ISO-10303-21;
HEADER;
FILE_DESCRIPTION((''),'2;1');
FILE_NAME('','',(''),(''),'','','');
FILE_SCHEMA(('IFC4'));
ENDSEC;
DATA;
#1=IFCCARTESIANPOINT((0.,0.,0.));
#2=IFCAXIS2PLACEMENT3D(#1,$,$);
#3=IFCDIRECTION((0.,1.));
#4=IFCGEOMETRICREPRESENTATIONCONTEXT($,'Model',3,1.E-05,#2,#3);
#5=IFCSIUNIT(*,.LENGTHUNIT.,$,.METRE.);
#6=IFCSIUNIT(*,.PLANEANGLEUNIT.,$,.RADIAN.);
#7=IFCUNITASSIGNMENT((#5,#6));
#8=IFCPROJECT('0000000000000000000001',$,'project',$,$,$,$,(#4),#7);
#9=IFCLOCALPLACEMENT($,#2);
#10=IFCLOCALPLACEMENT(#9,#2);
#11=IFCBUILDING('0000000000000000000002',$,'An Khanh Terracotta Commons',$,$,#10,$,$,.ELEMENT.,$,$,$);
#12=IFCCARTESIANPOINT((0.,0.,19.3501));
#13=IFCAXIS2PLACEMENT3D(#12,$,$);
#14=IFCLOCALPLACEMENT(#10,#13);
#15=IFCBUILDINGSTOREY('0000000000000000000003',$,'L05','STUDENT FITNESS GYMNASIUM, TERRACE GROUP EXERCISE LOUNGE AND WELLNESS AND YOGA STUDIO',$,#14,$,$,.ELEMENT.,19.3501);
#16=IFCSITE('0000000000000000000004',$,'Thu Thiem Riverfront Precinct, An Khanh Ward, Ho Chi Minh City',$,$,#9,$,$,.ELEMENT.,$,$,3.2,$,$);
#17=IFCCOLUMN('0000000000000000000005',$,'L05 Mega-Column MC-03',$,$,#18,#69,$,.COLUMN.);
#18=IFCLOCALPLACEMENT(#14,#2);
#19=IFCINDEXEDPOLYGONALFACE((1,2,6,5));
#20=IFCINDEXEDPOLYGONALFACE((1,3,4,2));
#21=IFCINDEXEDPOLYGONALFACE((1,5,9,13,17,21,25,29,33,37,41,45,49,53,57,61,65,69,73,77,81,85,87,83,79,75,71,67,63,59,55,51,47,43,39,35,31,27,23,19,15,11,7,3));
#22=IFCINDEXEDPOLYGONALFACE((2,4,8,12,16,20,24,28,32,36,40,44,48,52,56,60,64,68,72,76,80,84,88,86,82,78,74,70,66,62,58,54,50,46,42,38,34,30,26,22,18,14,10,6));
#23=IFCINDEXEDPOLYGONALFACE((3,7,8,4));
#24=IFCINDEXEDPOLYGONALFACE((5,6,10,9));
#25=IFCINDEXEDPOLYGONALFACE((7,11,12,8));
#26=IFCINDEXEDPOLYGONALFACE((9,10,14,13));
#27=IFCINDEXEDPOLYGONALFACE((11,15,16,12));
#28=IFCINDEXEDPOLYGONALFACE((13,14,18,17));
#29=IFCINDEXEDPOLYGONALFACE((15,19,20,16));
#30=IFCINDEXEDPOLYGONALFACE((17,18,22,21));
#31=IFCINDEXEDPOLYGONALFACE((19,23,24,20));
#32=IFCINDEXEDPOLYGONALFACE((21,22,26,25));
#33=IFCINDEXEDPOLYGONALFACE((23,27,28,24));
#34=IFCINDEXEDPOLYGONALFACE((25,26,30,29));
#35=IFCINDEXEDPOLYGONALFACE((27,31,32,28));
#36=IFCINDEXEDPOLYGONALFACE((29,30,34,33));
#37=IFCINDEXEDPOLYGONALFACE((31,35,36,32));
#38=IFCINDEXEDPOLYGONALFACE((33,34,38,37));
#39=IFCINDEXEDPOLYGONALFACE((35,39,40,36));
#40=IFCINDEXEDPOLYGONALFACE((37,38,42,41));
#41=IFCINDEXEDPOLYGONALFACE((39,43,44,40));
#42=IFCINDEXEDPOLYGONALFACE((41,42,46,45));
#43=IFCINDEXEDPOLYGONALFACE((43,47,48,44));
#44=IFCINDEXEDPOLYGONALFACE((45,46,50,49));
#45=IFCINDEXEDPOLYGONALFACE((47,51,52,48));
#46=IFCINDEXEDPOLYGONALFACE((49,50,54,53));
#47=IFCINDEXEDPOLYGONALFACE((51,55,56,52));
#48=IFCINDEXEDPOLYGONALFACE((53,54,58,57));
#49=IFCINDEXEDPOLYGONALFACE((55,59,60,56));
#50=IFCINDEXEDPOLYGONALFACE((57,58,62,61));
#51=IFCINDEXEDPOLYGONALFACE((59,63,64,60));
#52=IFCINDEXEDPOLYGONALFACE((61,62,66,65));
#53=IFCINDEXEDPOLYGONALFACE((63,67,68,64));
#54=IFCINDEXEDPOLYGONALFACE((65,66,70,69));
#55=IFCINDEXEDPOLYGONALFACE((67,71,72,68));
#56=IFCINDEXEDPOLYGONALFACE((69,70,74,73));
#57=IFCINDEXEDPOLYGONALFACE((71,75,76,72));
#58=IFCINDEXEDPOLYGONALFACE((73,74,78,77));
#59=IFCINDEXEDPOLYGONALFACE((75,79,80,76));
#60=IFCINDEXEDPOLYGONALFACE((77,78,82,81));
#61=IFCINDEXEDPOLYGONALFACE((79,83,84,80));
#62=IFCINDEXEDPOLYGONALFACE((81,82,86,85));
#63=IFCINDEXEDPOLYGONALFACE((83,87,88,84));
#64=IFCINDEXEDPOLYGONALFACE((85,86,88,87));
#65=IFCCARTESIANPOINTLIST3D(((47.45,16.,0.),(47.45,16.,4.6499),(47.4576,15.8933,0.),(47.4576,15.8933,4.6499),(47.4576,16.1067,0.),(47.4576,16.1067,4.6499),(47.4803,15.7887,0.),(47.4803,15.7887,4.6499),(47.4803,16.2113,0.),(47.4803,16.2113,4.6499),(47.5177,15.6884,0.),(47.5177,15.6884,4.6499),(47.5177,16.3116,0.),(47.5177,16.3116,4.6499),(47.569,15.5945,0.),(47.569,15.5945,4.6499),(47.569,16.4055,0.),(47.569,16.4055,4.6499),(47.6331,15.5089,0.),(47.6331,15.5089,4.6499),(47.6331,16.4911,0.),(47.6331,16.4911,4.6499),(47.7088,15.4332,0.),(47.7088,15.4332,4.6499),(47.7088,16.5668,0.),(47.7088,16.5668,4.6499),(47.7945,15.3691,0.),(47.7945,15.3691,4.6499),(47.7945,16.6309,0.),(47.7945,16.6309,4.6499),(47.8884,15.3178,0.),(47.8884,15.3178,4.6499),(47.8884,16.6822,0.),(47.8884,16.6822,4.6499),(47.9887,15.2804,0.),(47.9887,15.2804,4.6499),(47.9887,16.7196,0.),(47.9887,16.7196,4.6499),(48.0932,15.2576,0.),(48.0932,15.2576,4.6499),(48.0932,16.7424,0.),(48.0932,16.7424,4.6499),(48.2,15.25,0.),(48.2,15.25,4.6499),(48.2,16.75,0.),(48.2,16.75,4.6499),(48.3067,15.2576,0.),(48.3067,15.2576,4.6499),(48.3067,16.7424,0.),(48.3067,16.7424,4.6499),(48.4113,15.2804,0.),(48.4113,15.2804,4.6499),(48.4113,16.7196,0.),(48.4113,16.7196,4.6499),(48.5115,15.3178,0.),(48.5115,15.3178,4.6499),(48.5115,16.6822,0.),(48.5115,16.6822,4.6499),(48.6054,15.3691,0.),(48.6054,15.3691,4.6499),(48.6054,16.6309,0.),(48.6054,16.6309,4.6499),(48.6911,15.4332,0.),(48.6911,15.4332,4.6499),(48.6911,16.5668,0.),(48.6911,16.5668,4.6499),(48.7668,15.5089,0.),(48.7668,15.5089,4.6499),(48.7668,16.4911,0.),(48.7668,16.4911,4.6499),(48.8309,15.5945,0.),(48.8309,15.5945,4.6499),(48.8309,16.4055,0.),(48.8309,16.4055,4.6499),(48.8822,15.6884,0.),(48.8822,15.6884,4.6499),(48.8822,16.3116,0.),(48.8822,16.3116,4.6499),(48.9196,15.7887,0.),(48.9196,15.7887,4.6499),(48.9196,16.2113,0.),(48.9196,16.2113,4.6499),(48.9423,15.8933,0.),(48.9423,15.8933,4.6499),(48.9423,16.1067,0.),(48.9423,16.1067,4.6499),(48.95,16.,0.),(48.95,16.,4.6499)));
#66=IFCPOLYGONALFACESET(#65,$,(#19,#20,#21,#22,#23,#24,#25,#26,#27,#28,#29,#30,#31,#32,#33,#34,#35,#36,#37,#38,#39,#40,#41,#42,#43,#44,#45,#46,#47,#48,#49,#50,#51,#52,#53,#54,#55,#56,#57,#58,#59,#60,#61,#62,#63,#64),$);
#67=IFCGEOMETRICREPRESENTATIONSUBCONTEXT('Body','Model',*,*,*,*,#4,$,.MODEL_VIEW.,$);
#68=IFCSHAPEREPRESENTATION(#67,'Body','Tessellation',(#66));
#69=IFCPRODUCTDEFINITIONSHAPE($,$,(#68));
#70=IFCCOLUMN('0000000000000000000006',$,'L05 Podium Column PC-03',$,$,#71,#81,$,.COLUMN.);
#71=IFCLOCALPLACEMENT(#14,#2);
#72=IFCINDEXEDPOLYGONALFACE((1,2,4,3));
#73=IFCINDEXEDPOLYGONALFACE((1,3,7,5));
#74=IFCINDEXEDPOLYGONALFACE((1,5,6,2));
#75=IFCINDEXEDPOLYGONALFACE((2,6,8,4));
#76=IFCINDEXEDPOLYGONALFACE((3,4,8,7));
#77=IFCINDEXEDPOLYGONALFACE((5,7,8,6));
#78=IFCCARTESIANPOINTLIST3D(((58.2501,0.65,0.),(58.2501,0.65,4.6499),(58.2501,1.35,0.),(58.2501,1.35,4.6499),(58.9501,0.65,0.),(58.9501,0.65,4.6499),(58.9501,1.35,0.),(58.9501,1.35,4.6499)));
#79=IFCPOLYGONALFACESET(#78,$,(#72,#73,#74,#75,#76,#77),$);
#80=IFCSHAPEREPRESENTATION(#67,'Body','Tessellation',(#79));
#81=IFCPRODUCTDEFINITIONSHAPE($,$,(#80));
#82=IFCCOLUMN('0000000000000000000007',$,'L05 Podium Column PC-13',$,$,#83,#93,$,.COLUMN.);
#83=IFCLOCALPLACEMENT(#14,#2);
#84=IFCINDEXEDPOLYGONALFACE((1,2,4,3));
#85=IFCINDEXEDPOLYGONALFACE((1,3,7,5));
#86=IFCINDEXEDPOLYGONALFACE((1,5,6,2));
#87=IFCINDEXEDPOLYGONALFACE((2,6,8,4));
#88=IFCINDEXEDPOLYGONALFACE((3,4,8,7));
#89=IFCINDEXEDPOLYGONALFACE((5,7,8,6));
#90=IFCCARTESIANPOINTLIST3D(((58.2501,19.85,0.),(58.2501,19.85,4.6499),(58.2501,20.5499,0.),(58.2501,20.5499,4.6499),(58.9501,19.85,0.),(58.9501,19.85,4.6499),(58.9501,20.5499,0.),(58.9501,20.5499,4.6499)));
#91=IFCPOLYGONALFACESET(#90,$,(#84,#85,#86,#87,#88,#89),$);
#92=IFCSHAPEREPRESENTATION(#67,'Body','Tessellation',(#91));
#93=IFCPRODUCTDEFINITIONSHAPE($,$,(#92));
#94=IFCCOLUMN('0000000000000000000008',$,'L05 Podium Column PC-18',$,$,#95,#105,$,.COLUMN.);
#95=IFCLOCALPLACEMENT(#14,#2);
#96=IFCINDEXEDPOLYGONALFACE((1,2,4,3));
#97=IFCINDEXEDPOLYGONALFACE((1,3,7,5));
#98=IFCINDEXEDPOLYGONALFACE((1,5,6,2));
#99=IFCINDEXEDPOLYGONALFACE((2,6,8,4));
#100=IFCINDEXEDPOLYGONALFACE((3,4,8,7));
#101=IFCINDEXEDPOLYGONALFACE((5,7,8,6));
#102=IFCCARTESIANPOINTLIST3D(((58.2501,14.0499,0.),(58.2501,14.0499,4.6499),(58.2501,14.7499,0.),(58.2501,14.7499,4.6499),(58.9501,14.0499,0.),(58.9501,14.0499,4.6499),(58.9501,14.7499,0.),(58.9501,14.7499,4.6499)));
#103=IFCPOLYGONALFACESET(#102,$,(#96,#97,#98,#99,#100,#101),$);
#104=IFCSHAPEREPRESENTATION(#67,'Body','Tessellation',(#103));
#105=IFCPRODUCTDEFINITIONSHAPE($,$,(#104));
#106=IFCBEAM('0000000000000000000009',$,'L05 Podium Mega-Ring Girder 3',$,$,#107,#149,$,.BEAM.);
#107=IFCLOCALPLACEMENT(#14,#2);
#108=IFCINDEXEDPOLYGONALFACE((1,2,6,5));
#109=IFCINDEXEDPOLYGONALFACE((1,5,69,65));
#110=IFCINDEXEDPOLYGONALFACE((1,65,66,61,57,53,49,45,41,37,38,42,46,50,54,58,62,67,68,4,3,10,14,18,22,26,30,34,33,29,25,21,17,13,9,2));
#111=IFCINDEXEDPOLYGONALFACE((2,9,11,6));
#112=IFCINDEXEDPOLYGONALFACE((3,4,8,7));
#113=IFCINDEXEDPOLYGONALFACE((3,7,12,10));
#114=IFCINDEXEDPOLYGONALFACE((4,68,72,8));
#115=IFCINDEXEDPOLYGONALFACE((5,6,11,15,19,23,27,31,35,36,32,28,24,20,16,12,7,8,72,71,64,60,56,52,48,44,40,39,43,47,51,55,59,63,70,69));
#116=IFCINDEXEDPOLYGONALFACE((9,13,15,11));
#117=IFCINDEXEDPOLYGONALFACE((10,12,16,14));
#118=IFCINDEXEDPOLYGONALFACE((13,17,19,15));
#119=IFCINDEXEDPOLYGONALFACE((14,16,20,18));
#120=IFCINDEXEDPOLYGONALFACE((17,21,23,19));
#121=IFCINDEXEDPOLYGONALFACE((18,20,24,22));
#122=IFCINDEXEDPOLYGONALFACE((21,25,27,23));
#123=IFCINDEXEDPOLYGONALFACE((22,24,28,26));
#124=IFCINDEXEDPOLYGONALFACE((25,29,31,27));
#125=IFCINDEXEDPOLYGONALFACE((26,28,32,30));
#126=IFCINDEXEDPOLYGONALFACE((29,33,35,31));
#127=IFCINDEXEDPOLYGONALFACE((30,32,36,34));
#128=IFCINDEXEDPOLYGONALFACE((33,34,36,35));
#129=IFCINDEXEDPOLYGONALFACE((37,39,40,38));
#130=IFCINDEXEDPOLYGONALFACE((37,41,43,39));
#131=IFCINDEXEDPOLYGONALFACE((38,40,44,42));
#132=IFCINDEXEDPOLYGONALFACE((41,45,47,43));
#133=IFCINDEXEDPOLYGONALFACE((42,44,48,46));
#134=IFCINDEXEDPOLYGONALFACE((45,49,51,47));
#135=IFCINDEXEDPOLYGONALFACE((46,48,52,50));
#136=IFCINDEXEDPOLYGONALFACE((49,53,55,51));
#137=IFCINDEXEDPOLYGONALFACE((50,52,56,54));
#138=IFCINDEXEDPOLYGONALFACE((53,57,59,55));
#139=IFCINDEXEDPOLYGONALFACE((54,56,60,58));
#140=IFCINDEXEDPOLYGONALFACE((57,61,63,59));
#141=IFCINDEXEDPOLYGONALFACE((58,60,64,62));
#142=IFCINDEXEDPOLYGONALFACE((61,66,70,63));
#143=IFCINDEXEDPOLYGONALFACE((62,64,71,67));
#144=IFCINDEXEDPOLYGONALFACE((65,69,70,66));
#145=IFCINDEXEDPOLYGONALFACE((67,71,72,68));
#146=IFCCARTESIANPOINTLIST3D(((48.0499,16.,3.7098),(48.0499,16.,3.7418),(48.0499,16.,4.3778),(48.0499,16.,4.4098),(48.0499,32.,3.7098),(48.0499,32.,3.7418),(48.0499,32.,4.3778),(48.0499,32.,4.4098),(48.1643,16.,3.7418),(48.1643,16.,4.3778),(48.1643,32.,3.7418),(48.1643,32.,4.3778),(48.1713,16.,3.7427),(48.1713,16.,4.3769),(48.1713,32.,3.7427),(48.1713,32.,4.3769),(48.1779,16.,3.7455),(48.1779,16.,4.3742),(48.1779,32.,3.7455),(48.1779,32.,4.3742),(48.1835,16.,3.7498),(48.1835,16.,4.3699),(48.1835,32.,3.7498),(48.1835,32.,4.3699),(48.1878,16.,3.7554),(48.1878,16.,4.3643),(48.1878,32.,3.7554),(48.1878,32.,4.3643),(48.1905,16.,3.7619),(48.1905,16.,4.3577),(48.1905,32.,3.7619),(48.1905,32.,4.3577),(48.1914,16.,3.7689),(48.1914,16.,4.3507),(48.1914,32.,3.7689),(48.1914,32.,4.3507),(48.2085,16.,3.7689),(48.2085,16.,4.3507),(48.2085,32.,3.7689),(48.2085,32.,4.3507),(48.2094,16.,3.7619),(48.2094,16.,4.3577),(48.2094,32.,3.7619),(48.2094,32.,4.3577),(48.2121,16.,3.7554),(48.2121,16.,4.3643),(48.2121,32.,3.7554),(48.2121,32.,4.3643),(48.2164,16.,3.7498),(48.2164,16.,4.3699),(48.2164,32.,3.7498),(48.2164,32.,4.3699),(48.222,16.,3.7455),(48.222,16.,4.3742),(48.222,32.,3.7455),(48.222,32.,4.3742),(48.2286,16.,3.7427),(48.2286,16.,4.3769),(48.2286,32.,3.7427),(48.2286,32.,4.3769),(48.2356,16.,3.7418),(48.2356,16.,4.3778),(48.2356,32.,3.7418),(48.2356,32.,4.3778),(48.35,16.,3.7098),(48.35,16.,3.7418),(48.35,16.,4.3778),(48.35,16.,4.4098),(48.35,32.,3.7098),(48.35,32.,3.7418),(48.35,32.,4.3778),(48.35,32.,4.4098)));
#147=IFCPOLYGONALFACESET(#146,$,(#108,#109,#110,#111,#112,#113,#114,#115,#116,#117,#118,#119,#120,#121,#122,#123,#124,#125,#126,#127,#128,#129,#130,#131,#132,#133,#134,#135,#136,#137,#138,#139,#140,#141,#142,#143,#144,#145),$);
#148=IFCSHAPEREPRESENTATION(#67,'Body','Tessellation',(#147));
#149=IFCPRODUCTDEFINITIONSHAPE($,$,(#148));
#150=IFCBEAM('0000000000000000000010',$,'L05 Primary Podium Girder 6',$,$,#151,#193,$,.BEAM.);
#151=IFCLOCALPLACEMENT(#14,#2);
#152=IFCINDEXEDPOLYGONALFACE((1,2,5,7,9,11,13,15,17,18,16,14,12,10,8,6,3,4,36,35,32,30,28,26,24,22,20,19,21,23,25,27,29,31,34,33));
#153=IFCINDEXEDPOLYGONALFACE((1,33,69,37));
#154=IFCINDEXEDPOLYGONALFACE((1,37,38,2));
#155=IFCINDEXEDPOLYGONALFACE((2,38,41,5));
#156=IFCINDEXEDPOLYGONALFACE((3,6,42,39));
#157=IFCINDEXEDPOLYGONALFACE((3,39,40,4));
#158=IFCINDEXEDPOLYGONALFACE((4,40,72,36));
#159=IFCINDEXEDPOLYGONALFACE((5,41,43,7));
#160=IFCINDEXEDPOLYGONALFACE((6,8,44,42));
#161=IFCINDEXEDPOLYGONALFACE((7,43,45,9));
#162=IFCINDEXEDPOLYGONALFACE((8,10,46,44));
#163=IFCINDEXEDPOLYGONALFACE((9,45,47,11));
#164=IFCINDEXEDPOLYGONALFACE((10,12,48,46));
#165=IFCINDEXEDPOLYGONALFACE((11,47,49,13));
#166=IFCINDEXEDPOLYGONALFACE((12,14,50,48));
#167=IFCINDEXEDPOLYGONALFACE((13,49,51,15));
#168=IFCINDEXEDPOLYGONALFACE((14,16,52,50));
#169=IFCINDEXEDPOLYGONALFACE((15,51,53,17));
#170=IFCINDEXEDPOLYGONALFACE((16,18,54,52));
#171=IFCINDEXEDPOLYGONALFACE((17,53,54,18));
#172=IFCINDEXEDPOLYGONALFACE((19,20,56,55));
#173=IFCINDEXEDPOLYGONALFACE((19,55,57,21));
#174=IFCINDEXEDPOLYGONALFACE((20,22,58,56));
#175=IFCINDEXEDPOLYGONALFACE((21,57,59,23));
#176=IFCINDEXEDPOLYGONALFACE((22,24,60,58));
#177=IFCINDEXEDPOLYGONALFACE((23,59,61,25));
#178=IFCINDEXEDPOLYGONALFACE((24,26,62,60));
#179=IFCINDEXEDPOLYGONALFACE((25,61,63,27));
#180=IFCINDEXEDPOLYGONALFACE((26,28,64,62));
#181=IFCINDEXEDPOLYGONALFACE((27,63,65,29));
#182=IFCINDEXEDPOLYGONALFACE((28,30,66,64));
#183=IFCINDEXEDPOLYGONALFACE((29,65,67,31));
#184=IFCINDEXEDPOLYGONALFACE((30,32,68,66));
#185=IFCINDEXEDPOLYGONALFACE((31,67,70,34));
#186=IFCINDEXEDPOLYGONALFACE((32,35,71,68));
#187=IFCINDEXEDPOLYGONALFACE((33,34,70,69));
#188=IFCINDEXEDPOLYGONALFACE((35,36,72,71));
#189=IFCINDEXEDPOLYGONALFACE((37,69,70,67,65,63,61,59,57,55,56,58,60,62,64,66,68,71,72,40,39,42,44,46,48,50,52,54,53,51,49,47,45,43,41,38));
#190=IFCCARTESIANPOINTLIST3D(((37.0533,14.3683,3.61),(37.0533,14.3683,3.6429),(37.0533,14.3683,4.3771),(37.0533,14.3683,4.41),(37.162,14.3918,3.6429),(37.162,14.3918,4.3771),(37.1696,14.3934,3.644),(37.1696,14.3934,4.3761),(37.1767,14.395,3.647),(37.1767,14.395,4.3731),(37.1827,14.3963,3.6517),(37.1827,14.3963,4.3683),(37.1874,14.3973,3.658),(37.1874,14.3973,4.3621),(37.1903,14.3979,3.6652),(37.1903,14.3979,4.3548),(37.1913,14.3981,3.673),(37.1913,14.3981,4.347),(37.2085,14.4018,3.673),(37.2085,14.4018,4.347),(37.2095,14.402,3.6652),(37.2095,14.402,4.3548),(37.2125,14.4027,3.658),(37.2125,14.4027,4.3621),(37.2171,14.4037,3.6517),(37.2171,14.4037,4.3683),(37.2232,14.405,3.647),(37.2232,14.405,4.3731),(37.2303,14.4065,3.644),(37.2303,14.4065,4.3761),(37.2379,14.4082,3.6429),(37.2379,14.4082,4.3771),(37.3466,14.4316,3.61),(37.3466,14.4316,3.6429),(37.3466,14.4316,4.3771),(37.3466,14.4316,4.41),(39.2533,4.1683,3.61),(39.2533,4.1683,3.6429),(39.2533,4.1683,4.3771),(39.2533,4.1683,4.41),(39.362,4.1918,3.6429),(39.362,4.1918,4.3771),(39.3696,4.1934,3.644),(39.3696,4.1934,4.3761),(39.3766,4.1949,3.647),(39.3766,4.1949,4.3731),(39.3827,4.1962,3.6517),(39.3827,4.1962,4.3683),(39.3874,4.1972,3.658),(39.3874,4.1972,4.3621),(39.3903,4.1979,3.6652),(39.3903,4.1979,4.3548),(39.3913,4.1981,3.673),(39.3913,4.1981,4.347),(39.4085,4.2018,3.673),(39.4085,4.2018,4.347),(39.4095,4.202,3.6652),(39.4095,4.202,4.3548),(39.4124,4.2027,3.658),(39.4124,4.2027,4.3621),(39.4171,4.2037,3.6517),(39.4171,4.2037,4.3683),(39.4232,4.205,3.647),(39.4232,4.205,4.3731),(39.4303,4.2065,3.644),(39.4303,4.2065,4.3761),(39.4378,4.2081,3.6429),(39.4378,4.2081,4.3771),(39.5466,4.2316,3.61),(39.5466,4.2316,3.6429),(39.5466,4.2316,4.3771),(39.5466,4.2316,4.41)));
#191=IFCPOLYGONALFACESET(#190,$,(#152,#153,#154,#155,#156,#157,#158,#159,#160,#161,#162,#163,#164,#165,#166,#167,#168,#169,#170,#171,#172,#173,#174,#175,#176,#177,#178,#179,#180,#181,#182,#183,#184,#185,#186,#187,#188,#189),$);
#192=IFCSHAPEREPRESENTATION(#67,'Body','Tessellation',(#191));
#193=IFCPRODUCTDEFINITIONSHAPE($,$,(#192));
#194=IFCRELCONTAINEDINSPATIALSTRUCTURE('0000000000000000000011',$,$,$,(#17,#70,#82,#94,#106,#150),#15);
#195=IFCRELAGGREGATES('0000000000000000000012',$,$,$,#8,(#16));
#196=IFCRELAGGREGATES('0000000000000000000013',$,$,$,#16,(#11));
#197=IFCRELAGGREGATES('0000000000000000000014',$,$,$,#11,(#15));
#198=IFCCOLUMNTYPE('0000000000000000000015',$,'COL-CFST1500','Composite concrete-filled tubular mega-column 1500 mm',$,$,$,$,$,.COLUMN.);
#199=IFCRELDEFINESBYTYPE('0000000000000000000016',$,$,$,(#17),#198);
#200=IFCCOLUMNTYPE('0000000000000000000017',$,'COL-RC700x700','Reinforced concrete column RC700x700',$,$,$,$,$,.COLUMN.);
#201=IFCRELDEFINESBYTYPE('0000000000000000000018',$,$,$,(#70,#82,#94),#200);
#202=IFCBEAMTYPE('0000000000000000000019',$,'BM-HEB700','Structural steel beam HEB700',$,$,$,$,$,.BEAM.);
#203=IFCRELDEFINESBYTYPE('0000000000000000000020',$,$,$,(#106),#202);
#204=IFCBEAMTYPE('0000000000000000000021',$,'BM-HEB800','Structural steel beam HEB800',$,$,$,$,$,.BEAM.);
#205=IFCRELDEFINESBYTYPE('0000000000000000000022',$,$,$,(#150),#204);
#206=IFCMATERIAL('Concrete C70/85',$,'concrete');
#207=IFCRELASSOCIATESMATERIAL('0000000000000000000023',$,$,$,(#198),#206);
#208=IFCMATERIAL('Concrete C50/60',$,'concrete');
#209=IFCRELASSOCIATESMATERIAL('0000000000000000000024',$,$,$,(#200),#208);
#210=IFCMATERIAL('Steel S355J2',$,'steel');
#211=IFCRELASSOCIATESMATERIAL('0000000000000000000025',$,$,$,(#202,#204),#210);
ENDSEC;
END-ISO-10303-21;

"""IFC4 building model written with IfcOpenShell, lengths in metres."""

from ifc_helpers import new_model, si_unit, direction, frame, origin, origin_2d, place, context, subcontext, project, spatial, rectangle, circle, i_section, extrude, material, material_profile, profile_set, type_object, element, save


model = new_model("IFC4")

# Units and contexts
model_context = context("Model", 3, precision=1e-05, world=origin(), true_north=direction((0.0, 1.0)))
body_context = subcontext(model_context, "Body", "Model", "MODEL_VIEW")
ifc_project = project(units=[si_unit("LENGTHUNIT", "METRE"), si_unit("PLANEANGLEUNIT", "RADIAN")], contexts=[model_context])

# Site, building, storey
site_placement = place(None, origin())
site = spatial("IfcSite", under=ifc_project, at=site_placement, Name="Thu Thiem Riverfront Precinct, An Khanh Ward, Ho Chi Minh City", CompositionType="ELEMENT", RefElevation=3.2)
building_placement = place(site_placement, origin())
building = spatial("IfcBuilding", under=site, at=building_placement, Name="An Khanh Terracotta Commons", CompositionType="ELEMENT")
storey_placement = place(building_placement, frame((0.0, 0.0, 19.3501)))
storey = spatial("IfcBuildingStorey", under=building, at=storey_placement, Name="L05", Description="STUDENT FITNESS GYMNASIUM, TERRACE GROUP EXERCISE LOUNGE AND WELLNESS AND YOGA STUDIO", CompositionType="ELEMENT", Elevation=19.3501)

# Columns
ifc_material_1 = material(Name="Concrete C70/85", Category="concrete")
ifc_material_profile_1 = material_profile(ifc_material_1, circle(Radius=0.75, at=origin_2d()), Name="CFST1500")
ifc_profile_set_1 = profile_set([ifc_material_profile_1], Name="Concrete C70/85")
column_type_1 = type_object("IfcColumnType", Name="COL-CFST1500", Description="Composite concrete-filled tubular mega-column 1500 mm", PredefinedType="COLUMN", material=ifc_profile_set_1)
column_placement = place(storey_placement, frame((48.2, 16.0, 0.0), z_axis=(0.0, 0.0, 1.0), x_axis=(1.0, 0.0, 0.0)))
element("IfcColumn", 1, at=column_placement, inside=storey, type_object=column_type_1, Name="L05 Mega-Column MC-03", PredefinedType="COLUMN", context=body_context, shape_type="SweptSolid", body=[
    extrude(circle(Radius=0.75, at=origin_2d()), origin(), (0.0, 0.0, 1.0), 4.6499),
])
ifc_material_2 = material(Name="Concrete C50/60", Category="concrete")
ifc_material_profile_2 = material_profile(ifc_material_2, rectangle(XDim=0.7, YDim=0.7, at=origin_2d()), Name="RC700x700")
ifc_profile_set_2 = profile_set([ifc_material_profile_2], Name="Concrete C50/60")
column_type_2 = type_object("IfcColumnType", Name="COL-RC700x700", Description="Reinforced concrete column RC700x700", PredefinedType="COLUMN", material=ifc_profile_set_2)
for number, where, z_axis, x_axis, name in (
    (2, (58.6001, 1.0, 0.0), (0.0, 0.0, 1.0), (1.0, 0.0, 0.0), "L05 Podium Column PC-03"),
    (3, (58.6001, 20.2, 0.0), (0.0, 0.0, 1.0), (1.0, 0.0, 0.0), "L05 Podium Column PC-13"),
    (4, (58.6001, 14.3999, 0.0), (0.0, 0.0, 1.0), (1.0, 0.0, 0.0), "L05 Podium Column PC-18"),
):
    element("IfcColumn", number, at=place(storey_placement, frame(where, z_axis=z_axis, x_axis=x_axis)), inside=storey, type_object=column_type_2, Name=name, PredefinedType="COLUMN", context=body_context, shape_type="SweptSolid", body=[
        extrude(rectangle(XDim=0.7, YDim=0.7, at=origin_2d()), origin(), (0.0, 0.0, 1.0), 4.6499),
    ])

# Beams
ifc_material_3 = material(Name="Steel S355J2", Category="steel")
ifc_material_profile_3 = material_profile(ifc_material_3, i_section(OverallWidth=0.3, OverallDepth=0.7, WebThickness=0.0171, FlangeThickness=0.032, FilletRadius=0.0271, at=origin_2d()), Name="HEB700")
ifc_profile_set_3 = profile_set([ifc_material_profile_3], Name="Steel S355J2")
beam_type_1 = type_object("IfcBeamType", Name="BM-HEB700", Description="Structural steel beam HEB700", PredefinedType="BEAM", material=ifc_profile_set_3)
beam_1_placement = place(storey_placement, frame((48.2, 16.0, 4.0598), z_axis=(0.0, 1.0, 0.0), x_axis=(-1.0, 0.0, 0.0)))
element("IfcBeam", 5, at=beam_1_placement, inside=storey, type_object=beam_type_1, Name="L05 Podium Mega-Ring Girder 3", PredefinedType="BEAM", context=body_context, shape_type="SweptSolid", body=[
    extrude(i_section(OverallWidth=0.3, OverallDepth=0.7, WebThickness=0.0171, FlangeThickness=0.032, FilletRadius=0.0271, at=origin_2d()), origin(), (0.0, 0.0, 1.0), 16.0),
])
ifc_material_profile_4 = material_profile(ifc_material_3, i_section(OverallWidth=0.3, OverallDepth=0.8, WebThickness=0.0176, FlangeThickness=0.033, FilletRadius=0.03, at=origin_2d()), Name="HEB800")
ifc_profile_set_4 = profile_set([ifc_material_profile_4], Name="Steel S355J2")
beam_type_2 = type_object("IfcBeamType", Name="BM-HEB800", Description="Structural steel beam HEB800", PredefinedType="BEAM", material=ifc_profile_set_4)
beam_2_placement = place(storey_placement, frame((39.3999, 4.2, 4.01), z_axis=(-0.210834, 0.977522, 0.0), x_axis=(-0.977522, -0.210834, 0.0)))
element("IfcBeam", 6, at=beam_2_placement, inside=storey, type_object=beam_type_2, Name="L05 Primary Podium Girder 6", PredefinedType="BEAM", context=body_context, shape_type="SweptSolid", body=[
    extrude(i_section(OverallWidth=0.3, OverallDepth=0.8, WebThickness=0.0176, FlangeThickness=0.033, FilletRadius=0.03, at=origin_2d()), origin(), (0.0, 0.0, 1.0), 10.4346),
])

save(model, "model.ifc")
